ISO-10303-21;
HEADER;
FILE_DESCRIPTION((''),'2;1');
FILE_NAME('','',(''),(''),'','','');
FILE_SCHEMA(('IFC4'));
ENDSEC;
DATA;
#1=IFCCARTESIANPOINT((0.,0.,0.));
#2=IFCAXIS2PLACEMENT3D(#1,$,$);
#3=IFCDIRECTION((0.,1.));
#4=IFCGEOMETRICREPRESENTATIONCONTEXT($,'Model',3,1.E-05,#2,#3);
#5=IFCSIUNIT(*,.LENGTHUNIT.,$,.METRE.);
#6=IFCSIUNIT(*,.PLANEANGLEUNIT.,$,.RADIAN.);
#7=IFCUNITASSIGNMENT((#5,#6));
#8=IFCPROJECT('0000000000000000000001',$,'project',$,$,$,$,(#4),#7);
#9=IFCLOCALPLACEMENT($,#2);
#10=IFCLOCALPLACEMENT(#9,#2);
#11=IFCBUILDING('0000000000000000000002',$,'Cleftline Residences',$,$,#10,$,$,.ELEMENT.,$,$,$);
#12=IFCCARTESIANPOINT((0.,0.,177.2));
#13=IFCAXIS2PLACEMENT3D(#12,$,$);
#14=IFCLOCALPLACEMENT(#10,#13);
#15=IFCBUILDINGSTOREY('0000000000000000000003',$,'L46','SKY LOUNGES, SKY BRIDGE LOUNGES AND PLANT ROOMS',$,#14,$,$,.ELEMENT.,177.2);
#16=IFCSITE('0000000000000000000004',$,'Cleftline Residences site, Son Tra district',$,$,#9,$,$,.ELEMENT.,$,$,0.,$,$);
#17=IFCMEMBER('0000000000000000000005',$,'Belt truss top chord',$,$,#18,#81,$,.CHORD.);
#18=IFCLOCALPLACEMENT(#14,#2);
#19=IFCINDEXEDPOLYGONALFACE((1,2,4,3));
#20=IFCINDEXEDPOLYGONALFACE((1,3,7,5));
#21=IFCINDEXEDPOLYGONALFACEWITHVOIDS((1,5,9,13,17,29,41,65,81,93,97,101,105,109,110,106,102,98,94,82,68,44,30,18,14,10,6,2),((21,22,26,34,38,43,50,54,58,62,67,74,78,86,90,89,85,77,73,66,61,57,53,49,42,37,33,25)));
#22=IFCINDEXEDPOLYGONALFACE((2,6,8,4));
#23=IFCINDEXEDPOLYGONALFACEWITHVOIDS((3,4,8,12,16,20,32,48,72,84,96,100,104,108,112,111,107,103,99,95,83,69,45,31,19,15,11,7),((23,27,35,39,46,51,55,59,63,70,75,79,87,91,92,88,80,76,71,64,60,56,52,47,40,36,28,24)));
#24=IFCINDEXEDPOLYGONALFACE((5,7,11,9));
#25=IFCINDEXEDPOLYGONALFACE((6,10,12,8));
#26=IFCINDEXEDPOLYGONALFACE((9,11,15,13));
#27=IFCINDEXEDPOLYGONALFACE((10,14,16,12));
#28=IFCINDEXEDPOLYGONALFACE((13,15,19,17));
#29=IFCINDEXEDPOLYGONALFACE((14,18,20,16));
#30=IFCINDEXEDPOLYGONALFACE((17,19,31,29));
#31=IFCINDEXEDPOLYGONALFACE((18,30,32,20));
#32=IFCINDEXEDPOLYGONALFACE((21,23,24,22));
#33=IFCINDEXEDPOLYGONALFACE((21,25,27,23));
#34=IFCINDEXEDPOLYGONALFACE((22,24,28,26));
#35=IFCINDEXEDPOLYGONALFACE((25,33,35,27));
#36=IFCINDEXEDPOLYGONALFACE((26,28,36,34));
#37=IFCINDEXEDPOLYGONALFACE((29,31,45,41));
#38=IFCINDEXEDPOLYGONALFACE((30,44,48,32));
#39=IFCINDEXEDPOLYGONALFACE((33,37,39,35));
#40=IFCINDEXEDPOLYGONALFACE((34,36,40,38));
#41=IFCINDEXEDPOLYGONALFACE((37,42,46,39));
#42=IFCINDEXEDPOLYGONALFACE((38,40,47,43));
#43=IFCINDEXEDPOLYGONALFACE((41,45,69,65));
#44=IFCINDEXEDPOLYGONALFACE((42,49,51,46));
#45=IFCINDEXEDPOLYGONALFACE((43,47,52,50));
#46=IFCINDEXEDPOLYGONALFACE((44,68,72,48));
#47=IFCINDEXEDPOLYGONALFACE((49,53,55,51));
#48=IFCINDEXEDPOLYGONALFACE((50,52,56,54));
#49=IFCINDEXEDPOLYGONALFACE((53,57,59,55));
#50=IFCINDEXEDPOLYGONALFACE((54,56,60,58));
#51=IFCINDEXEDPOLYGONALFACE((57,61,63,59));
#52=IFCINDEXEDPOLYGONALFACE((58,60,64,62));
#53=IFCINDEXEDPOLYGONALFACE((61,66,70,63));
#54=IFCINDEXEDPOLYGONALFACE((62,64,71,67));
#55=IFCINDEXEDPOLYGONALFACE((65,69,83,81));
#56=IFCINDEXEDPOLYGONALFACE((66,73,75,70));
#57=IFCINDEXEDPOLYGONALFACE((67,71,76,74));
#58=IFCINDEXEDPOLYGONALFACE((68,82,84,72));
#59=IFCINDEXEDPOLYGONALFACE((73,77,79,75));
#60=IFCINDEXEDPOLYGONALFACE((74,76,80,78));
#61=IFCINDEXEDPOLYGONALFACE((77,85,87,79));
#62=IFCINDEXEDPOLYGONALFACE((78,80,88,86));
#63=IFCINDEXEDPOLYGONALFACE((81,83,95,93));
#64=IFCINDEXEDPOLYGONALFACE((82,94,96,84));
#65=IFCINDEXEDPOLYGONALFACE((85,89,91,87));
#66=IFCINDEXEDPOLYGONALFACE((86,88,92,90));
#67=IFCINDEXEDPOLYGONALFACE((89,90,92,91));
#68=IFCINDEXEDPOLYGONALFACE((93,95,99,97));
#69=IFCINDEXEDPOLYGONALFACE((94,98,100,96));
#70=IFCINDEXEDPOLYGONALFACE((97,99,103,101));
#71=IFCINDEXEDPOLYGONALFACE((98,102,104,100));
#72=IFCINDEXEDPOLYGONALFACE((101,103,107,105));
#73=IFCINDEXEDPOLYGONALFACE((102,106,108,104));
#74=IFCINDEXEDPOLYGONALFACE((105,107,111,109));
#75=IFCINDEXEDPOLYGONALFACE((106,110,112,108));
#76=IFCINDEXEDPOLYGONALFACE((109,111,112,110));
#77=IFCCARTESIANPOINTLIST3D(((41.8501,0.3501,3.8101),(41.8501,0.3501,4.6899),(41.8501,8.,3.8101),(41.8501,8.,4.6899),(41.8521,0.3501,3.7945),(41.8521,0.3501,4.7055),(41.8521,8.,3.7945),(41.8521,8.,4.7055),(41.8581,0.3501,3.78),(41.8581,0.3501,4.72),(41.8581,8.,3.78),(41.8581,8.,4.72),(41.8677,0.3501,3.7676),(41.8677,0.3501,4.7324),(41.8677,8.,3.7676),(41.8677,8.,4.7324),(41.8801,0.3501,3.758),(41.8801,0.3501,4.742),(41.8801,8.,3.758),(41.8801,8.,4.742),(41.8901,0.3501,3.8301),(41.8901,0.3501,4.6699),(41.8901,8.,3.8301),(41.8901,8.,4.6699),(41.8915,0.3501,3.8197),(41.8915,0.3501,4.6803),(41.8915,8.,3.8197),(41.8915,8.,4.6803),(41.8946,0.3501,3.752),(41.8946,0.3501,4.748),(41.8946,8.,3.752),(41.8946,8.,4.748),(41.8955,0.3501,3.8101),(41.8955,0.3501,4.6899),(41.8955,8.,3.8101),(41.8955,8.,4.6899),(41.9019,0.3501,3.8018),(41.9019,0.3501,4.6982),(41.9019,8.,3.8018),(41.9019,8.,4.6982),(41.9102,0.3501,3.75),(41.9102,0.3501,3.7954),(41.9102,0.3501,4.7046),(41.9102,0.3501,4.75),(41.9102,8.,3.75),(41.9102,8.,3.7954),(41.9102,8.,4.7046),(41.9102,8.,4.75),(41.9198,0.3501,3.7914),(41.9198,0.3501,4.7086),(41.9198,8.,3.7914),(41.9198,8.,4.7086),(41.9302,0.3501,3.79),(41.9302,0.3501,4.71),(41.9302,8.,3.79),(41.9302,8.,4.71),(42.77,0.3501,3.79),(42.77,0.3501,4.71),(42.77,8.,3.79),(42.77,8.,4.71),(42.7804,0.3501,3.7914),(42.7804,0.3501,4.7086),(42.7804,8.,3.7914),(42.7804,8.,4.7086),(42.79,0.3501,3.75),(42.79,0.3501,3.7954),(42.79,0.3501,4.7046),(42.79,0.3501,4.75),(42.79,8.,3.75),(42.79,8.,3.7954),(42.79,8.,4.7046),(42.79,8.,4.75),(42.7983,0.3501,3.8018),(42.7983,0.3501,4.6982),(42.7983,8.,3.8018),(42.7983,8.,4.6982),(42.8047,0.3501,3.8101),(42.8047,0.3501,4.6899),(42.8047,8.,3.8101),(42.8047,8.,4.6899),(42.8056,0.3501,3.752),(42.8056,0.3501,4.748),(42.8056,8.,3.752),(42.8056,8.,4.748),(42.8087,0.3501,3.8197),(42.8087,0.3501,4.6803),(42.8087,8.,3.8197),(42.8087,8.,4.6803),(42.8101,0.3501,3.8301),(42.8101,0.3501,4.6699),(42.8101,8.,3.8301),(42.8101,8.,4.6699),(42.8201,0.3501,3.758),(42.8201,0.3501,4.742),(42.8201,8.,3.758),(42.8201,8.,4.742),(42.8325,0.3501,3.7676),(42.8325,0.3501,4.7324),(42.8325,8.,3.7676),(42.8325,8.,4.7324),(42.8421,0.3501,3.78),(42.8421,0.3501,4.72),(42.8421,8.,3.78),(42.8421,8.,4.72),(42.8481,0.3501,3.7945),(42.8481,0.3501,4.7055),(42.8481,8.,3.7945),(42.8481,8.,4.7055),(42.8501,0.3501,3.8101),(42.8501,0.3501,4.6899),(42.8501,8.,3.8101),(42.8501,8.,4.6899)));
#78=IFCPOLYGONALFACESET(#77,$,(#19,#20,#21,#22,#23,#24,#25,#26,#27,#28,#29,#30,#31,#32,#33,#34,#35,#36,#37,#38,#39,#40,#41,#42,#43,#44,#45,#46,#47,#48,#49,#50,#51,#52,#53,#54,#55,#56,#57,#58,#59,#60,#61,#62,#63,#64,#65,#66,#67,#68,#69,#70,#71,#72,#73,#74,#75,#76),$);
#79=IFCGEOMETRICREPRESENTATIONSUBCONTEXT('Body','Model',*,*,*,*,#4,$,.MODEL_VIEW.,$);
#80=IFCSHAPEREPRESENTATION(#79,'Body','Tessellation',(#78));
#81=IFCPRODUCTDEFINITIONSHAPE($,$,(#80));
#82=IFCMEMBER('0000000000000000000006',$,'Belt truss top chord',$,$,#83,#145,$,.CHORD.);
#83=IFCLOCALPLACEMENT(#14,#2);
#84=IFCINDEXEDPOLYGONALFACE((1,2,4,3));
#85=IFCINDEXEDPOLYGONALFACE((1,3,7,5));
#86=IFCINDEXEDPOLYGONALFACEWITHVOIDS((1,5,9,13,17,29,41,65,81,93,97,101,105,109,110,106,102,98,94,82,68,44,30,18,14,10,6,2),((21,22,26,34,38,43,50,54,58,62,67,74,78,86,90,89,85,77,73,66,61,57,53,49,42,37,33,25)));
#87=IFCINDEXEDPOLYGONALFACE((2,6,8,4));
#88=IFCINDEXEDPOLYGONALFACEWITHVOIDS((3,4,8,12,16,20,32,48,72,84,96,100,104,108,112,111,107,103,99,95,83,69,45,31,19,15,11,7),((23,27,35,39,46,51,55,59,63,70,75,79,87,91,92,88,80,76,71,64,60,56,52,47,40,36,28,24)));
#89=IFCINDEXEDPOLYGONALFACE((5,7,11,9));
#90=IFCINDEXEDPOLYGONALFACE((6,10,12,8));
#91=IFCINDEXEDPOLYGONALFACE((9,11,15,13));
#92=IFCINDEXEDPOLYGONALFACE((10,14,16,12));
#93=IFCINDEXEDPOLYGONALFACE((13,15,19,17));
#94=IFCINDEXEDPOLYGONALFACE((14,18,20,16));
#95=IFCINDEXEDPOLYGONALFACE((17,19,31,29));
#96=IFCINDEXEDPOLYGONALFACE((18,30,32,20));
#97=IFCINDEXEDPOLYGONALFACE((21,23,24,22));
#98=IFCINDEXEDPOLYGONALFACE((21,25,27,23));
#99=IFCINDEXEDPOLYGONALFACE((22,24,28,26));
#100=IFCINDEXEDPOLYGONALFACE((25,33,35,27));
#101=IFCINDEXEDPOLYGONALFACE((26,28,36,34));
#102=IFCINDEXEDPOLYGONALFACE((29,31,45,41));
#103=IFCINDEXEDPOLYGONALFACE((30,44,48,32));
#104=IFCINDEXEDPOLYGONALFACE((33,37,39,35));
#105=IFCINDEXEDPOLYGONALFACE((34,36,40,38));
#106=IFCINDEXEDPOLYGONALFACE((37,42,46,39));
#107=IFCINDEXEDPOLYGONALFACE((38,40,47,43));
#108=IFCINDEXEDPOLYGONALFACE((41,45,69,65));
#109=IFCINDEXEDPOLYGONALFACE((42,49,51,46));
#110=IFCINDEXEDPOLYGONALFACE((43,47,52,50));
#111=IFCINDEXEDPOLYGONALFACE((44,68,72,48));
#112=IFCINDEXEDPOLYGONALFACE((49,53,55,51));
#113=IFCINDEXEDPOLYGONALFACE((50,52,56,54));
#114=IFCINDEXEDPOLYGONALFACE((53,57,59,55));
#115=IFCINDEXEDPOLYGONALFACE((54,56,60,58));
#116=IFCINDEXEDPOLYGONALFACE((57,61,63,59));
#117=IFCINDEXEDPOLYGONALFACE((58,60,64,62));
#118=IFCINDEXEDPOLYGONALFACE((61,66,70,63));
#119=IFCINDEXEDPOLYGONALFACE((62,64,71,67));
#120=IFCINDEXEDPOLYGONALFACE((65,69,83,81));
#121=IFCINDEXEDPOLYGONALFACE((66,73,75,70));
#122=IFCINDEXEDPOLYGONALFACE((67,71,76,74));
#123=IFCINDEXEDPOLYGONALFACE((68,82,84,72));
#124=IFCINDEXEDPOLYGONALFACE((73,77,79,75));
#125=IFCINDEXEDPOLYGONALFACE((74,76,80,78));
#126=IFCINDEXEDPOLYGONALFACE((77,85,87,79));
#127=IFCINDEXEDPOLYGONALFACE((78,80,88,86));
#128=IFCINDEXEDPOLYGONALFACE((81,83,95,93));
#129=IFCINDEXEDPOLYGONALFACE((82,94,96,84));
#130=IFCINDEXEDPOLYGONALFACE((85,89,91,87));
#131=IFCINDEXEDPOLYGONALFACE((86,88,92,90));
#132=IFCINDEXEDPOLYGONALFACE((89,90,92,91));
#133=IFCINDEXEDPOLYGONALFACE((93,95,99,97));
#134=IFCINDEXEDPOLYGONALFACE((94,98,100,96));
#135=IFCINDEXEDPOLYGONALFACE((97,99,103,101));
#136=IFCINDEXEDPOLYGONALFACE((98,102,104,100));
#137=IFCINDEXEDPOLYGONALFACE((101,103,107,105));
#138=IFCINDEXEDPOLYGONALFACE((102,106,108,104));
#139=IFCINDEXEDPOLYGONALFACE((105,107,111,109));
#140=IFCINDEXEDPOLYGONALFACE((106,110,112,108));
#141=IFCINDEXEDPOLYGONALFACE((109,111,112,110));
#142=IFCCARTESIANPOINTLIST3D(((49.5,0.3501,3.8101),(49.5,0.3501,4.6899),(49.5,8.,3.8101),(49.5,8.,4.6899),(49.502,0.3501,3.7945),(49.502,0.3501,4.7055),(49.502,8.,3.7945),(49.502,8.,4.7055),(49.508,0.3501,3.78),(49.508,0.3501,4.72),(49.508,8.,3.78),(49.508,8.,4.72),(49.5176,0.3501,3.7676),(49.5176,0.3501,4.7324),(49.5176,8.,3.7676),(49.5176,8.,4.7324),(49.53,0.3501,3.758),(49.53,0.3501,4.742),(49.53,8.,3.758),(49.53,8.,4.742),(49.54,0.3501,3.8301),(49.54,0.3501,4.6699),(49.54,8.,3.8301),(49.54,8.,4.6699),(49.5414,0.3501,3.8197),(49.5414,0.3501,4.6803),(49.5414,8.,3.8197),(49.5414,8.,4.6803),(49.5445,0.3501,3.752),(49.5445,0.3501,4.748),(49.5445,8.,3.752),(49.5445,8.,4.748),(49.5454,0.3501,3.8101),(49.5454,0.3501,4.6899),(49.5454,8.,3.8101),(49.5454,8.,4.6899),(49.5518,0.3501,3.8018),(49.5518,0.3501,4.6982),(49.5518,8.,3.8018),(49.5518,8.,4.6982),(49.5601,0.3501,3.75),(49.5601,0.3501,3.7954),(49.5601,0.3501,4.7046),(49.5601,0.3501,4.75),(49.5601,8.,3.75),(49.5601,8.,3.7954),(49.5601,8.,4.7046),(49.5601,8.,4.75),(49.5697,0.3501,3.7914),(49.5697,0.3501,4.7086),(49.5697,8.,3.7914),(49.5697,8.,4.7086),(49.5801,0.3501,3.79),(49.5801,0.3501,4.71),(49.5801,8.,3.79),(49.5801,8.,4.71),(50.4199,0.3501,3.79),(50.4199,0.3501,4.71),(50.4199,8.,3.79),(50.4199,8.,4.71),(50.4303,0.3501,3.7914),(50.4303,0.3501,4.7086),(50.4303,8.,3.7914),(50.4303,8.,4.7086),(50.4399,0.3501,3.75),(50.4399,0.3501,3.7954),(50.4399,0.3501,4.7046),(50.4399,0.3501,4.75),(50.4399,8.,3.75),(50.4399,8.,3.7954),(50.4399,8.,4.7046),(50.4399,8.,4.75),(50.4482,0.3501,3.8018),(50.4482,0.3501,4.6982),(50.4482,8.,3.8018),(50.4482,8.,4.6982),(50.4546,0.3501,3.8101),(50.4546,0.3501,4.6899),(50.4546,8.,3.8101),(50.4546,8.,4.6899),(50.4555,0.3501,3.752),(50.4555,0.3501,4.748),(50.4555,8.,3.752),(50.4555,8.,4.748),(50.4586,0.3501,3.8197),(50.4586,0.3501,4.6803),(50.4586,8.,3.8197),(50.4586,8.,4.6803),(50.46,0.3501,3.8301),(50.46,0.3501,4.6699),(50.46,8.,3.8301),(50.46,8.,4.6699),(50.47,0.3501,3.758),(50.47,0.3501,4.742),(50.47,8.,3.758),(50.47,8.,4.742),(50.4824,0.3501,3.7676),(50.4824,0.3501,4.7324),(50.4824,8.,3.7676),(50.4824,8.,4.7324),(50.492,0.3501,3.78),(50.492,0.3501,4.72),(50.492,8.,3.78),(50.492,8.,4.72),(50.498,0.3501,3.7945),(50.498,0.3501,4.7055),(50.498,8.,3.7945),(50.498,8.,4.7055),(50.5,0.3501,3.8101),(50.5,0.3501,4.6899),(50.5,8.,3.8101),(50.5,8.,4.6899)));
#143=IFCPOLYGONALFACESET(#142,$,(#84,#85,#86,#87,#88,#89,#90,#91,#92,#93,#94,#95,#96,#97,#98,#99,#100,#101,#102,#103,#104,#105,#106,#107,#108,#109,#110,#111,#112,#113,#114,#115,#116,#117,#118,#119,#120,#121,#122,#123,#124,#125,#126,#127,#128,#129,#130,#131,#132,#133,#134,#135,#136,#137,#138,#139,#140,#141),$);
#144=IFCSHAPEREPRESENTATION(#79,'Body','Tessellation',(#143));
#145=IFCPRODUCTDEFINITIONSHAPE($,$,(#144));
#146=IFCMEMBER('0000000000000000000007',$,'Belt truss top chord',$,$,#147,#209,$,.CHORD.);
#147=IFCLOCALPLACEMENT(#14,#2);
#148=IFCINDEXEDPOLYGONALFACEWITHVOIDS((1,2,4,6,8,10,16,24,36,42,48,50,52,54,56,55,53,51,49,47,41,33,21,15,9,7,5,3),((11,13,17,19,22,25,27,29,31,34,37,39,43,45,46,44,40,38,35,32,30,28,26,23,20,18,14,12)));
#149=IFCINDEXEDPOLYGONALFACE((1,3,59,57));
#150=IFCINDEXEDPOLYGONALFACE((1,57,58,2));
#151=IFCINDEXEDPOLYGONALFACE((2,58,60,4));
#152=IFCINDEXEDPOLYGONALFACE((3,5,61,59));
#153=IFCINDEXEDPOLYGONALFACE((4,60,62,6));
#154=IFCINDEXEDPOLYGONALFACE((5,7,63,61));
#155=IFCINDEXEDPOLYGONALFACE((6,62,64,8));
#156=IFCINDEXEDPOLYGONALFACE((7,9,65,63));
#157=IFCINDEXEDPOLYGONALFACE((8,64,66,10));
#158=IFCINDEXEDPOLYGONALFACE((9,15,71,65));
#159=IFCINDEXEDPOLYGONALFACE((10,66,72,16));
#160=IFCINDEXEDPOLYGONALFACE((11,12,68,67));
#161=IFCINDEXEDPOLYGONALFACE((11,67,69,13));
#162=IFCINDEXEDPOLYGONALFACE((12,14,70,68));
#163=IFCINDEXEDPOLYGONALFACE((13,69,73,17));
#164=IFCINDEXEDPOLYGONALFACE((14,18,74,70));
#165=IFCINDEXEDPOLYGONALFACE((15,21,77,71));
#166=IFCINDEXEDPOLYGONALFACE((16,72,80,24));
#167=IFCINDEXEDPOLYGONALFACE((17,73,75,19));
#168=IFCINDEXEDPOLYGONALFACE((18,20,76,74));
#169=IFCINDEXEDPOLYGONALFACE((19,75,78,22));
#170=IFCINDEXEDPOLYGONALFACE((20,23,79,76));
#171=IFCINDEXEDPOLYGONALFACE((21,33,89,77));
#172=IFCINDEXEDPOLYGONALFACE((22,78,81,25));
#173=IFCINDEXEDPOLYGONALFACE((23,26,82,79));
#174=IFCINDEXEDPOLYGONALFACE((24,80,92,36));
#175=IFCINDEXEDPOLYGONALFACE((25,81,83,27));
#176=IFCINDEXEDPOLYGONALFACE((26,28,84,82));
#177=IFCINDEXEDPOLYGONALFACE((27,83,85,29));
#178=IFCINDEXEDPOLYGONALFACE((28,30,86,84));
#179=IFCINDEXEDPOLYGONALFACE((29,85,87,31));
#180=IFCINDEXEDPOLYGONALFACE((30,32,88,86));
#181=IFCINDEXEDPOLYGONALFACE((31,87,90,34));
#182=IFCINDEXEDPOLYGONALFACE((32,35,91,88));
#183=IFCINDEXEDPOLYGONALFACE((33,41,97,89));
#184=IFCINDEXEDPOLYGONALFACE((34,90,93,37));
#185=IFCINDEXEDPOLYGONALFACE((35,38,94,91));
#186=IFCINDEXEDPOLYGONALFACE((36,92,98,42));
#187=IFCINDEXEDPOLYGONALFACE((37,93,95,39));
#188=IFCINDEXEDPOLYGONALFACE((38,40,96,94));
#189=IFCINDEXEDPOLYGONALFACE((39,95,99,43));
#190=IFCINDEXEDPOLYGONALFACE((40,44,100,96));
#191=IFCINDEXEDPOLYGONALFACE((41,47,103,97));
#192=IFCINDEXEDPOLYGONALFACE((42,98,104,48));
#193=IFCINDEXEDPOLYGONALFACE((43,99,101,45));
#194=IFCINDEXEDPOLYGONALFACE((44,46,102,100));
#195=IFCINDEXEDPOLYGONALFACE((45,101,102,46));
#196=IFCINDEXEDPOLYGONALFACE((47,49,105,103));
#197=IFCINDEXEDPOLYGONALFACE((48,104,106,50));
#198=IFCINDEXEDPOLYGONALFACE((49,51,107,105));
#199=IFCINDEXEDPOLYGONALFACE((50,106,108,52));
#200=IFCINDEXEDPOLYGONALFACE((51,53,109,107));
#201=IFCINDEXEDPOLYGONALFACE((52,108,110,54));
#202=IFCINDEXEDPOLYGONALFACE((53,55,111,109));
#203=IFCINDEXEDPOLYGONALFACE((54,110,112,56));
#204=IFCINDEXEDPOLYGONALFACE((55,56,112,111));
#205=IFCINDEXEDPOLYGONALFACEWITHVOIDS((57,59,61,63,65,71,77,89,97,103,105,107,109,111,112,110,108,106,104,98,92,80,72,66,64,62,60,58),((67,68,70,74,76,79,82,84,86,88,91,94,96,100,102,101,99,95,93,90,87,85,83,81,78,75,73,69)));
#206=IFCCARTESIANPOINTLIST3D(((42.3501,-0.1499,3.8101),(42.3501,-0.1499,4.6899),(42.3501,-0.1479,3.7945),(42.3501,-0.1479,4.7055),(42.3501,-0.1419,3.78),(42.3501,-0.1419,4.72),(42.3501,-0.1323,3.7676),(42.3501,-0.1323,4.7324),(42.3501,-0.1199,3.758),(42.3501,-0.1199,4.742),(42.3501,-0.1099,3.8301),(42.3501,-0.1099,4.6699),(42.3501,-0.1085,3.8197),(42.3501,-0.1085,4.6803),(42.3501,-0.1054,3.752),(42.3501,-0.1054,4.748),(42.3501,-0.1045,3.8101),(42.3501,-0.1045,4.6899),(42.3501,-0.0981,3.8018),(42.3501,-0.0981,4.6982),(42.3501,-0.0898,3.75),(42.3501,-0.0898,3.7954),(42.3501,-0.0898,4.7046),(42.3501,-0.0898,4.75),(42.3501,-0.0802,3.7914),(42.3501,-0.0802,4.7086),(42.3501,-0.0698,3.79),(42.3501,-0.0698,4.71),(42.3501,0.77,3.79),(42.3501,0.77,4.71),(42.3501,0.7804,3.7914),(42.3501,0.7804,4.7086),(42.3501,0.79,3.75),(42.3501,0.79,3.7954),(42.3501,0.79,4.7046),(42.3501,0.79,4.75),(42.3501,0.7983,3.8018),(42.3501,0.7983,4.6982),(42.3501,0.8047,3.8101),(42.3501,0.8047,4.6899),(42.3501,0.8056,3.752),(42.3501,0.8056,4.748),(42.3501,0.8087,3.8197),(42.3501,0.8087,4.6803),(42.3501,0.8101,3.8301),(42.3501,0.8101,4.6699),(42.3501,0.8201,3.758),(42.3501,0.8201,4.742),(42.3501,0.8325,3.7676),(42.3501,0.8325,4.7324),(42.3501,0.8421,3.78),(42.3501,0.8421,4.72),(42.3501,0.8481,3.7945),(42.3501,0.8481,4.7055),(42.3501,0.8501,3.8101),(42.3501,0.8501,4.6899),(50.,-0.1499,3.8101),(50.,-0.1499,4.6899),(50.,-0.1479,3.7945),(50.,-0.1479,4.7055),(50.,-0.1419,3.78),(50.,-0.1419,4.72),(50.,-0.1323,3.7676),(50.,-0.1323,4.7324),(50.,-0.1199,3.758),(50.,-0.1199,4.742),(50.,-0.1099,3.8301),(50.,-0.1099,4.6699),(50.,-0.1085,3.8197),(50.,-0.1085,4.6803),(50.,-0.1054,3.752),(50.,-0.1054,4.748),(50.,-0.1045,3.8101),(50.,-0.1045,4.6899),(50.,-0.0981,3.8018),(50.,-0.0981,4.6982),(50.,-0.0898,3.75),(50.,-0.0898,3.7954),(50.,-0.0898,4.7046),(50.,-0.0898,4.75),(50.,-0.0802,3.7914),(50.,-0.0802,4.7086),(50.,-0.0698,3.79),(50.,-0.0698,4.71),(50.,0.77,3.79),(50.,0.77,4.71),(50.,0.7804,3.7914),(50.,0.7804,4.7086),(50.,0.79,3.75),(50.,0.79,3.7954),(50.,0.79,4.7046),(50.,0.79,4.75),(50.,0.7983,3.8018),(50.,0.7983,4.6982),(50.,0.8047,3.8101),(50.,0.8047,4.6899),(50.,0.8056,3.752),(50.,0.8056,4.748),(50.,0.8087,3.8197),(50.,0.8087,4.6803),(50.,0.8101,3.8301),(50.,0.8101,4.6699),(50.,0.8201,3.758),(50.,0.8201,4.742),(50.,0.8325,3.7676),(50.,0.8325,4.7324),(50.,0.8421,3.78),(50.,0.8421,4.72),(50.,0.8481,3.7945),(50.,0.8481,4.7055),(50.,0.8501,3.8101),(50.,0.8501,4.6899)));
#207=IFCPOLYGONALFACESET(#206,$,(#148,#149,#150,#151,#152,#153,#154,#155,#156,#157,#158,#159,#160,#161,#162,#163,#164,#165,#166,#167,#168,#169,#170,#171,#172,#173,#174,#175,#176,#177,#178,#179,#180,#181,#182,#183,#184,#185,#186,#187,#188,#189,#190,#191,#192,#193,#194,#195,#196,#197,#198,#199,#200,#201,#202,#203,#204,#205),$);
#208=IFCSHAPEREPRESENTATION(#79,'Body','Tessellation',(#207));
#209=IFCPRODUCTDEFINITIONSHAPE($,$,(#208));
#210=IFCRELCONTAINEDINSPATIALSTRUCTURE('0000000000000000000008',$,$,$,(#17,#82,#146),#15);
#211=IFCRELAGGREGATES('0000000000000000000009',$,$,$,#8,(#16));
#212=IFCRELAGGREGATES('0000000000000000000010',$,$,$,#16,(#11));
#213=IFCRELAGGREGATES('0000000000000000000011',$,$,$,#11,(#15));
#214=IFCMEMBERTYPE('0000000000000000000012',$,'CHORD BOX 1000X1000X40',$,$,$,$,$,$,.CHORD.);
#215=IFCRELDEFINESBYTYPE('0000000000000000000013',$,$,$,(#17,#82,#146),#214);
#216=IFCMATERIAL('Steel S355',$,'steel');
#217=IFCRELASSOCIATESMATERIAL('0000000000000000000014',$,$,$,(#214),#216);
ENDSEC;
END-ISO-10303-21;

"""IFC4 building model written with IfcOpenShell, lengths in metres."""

from ifc_helpers import new_model, si_unit, direction, frame, origin, origin_2d, place, context, subcontext, project, spatial, hollow_rectangle, extrude, material, material_profile, profile_set, type_object, element, save


model = new_model("IFC4")

# Units and contexts
model_context = context("Model", 3, precision=1e-05, world=origin(), true_north=direction((0.0, 1.0)))
body_context = subcontext(model_context, "Body", "Model", "MODEL_VIEW")
ifc_project = project(units=[si_unit("LENGTHUNIT", "METRE"), si_unit("PLANEANGLEUNIT", "RADIAN")], contexts=[model_context])

# Site, building, storey
site_placement = place(None, origin())
site = spatial("IfcSite", under=ifc_project, at=site_placement, Name="Cleftline Residences site, Son Tra district", CompositionType="ELEMENT", RefElevation=0.0)
building_placement = place(site_placement, origin())
building = spatial("IfcBuilding", under=site, at=building_placement, Name="Cleftline Residences", CompositionType="ELEMENT")
storey_placement = place(building_placement, frame((0.0, 0.0, 177.2)))
storey = spatial("IfcBuildingStorey", under=building, at=storey_placement, Name="L46", Description="SKY LOUNGES, SKY BRIDGE LOUNGES AND PLANT ROOMS", CompositionType="ELEMENT", Elevation=177.2)

# Members
ifc_material_1 = material(Name="Steel S355", Category="steel")
ifc_material_profile_1 = material_profile(ifc_material_1, hollow_rectangle(XDim=1.0, YDim=1.0, WallThickness=0.04, InnerFilletRadius=0.04, OuterFilletRadius=0.0601, at=origin_2d()))
ifc_profile_set_1 = profile_set([ifc_material_profile_1], Name="Steel S355")
member_type_1 = type_object("IfcMemberType", Name="CHORD BOX 1000X1000X40", PredefinedType="CHORD", material=ifc_profile_set_1)
for number, where, z_axis, x_axis, name in (
    (1, (42.3501, 0.3501, 4.25), (0.0, 1.0, 0.0), (-1.0, 0.0, 0.0), "Belt truss top chord"),
    (2, (50.0, 0.3501, 4.25), (0.0, 1.0, 0.0), (-1.0, 0.0, 0.0), "Belt truss top chord"),
    (3, (42.3501, 0.3501, 4.25), (1.0, 0.0, 0.0), (0.0, 1.0, 0.0), "Belt truss top chord"),
):
    element("IfcMember", number, at=place(storey_placement, frame(where, z_axis=z_axis, x_axis=x_axis)), inside=storey, type_object=member_type_1, Name=name, PredefinedType="CHORD", context=body_context, shape_type="SweptSolid", body=[
        extrude(hollow_rectangle(XDim=1.0, YDim=1.0, WallThickness=0.04, InnerFilletRadius=0.04, OuterFilletRadius=0.0601, at=origin_2d()), origin(), (0.0, 0.0, 1.0), 7.6499),
    ])

save(model, "model.ifc")
